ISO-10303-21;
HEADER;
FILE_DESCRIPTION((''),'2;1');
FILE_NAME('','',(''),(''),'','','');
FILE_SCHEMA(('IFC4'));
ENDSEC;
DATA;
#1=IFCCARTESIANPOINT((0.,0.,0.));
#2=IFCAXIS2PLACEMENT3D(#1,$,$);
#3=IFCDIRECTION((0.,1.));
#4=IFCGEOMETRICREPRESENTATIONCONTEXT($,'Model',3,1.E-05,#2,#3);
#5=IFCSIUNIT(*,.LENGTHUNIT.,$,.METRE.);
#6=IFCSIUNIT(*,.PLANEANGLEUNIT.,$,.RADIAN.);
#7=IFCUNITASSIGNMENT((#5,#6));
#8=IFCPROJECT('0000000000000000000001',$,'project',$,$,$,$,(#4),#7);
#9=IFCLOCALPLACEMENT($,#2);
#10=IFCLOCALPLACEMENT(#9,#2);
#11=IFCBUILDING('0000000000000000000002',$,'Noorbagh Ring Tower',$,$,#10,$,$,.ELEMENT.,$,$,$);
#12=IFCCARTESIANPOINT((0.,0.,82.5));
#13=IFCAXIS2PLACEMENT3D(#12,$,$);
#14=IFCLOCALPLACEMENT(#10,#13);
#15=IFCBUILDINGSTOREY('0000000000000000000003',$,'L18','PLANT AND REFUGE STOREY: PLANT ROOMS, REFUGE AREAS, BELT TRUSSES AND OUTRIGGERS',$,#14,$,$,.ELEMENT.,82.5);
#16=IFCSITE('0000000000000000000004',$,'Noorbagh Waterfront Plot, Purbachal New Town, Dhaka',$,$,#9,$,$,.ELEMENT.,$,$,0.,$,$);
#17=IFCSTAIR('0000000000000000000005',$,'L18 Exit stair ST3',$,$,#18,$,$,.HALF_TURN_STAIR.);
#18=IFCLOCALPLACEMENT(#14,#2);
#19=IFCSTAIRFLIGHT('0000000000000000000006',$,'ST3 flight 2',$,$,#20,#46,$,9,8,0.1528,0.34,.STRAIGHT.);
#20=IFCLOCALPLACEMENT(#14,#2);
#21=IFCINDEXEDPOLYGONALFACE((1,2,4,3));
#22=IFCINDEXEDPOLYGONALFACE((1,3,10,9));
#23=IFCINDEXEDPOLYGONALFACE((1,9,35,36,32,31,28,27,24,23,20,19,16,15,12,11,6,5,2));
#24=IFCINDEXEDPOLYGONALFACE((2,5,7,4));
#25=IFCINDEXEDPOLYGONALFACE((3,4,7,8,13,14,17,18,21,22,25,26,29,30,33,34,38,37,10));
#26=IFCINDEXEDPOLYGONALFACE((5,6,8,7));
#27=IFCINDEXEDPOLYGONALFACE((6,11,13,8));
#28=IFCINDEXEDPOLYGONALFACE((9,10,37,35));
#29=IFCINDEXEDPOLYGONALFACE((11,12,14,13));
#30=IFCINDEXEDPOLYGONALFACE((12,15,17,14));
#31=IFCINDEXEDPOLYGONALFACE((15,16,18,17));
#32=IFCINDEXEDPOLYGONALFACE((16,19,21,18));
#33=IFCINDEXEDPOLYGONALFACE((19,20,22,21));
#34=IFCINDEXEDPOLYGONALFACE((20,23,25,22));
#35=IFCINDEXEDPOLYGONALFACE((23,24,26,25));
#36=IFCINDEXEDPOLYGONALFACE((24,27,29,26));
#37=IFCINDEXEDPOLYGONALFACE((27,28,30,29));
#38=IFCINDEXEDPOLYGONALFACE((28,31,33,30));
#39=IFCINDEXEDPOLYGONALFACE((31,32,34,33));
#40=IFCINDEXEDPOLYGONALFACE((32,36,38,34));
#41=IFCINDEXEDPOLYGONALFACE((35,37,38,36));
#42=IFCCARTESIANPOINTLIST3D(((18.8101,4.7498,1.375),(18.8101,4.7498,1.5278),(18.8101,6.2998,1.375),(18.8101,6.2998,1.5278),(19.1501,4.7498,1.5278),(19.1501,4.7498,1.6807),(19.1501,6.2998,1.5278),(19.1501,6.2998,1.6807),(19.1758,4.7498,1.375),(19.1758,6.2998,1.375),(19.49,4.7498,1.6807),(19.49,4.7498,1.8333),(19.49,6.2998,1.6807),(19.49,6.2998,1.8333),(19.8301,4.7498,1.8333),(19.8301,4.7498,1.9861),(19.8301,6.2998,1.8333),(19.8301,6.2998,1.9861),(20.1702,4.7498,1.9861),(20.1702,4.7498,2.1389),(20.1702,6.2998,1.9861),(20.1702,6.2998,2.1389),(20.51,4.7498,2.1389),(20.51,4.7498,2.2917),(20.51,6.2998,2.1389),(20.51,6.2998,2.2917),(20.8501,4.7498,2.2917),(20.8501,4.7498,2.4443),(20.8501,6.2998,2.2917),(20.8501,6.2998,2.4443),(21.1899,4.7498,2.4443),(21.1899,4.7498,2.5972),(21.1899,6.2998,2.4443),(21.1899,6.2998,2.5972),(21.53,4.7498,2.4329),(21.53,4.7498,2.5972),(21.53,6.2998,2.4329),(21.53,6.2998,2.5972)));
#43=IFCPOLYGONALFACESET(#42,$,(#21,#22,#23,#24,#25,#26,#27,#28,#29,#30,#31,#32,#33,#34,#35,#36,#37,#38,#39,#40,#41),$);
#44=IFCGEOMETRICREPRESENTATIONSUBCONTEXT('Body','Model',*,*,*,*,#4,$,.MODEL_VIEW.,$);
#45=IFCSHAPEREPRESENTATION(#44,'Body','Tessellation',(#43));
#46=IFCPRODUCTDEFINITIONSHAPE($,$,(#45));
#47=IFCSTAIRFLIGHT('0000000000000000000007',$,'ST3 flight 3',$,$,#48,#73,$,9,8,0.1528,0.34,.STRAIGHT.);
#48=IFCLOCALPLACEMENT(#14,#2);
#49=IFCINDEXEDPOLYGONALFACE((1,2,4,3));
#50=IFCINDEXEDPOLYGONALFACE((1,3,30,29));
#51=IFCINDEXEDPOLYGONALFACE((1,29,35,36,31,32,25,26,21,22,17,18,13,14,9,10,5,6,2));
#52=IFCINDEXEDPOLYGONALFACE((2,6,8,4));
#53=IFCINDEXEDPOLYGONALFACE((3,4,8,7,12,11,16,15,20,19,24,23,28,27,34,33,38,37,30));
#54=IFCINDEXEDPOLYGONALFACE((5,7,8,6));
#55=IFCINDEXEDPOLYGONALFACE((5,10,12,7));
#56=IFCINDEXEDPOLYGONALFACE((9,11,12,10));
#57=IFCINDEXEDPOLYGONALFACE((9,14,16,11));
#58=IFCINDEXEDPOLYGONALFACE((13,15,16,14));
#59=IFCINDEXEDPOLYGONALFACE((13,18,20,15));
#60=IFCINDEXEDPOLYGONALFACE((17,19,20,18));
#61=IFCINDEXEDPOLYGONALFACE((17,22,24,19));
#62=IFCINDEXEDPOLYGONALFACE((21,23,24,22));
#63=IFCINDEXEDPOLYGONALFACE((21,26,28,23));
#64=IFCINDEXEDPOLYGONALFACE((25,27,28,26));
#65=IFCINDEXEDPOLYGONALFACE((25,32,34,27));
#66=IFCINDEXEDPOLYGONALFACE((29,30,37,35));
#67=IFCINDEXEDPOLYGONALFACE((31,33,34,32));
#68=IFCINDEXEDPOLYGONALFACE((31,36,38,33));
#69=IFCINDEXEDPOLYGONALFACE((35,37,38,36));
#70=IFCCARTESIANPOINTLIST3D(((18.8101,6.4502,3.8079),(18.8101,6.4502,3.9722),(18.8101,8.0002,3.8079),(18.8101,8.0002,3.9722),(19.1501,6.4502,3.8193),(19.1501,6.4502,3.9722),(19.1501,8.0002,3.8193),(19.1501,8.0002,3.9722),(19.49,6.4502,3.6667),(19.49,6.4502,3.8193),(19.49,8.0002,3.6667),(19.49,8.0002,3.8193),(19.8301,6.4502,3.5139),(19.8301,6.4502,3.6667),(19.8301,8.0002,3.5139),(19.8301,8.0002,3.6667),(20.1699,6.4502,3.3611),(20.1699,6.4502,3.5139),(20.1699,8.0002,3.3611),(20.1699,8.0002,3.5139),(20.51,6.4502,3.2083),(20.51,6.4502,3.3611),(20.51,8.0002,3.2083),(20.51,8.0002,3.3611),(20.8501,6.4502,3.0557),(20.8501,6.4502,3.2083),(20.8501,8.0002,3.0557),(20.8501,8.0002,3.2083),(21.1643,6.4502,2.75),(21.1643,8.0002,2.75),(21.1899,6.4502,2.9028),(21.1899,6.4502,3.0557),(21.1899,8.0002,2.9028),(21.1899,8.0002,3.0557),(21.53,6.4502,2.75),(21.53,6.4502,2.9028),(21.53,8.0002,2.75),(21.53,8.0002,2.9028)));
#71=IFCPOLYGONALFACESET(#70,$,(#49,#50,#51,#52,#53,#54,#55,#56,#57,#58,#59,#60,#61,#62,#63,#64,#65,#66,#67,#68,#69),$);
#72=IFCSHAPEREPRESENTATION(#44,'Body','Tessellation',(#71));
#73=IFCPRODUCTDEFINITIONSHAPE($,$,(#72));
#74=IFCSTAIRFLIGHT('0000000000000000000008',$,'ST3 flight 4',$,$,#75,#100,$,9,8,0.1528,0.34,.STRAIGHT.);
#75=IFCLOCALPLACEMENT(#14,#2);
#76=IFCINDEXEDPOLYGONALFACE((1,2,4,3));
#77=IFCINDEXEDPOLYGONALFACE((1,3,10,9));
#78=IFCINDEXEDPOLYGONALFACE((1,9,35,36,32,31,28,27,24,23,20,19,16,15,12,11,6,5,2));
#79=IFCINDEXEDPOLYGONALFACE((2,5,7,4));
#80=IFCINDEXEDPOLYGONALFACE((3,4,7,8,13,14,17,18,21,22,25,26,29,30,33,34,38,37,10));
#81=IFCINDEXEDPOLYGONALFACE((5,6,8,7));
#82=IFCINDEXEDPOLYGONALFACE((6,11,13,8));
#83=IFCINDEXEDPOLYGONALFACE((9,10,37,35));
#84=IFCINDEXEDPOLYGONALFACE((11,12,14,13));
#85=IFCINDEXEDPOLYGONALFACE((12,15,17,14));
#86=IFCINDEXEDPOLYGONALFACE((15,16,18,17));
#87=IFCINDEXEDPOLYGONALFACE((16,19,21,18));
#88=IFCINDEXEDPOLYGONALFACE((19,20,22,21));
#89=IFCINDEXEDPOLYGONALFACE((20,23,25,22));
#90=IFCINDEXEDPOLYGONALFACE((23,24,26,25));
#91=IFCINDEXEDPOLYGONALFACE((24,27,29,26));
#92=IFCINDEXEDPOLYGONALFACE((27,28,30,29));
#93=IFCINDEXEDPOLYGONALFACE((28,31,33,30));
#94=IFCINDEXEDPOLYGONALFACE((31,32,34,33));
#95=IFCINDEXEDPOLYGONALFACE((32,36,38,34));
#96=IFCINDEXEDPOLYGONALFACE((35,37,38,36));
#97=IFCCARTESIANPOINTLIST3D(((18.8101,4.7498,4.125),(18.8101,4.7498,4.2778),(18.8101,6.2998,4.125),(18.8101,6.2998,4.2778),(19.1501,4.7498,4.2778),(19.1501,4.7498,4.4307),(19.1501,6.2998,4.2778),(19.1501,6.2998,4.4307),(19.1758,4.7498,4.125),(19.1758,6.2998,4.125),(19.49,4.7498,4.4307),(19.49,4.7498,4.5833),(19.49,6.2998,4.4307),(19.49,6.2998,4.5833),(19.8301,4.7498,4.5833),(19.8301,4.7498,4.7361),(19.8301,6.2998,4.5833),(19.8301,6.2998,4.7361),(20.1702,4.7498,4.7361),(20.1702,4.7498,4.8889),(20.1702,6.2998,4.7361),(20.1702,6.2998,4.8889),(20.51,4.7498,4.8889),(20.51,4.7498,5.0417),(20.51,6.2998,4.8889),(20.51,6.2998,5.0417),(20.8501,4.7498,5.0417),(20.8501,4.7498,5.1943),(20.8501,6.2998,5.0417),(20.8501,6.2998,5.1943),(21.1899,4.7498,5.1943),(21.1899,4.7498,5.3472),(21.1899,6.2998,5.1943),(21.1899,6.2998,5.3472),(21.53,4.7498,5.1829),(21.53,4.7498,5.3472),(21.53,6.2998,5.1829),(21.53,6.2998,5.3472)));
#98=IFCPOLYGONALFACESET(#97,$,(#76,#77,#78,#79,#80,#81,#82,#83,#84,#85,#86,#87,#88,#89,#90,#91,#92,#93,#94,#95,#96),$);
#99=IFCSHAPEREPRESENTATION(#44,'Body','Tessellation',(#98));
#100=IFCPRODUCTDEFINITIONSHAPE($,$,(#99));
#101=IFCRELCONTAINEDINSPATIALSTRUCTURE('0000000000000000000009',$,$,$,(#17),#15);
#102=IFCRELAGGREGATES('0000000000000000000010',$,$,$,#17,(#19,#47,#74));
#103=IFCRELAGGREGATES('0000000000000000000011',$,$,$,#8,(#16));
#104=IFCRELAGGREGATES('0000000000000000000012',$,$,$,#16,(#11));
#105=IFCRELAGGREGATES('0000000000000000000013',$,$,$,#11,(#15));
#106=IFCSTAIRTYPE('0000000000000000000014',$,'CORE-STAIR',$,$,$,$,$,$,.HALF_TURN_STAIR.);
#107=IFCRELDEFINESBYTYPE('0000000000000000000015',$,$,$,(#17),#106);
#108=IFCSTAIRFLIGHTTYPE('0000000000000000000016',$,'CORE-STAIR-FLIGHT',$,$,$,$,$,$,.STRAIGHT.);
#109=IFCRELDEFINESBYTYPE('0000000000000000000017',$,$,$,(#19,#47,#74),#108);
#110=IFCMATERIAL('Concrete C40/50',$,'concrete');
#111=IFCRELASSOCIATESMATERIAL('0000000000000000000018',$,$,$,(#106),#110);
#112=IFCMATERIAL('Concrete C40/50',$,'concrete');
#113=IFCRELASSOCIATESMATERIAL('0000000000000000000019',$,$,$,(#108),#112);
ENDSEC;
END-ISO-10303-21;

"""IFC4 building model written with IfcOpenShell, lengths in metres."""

from ifc_helpers import new_model, si_unit, direction, frame, origin, place, context, subcontext, project, spatial, polyline, outline, extrude, material, type_object, element, aggregate, save


model = new_model("IFC4")

# Units and contexts
model_context = context("Model", 3, precision=1e-05, world=origin(), true_north=direction((0.0, 1.0)))
body_context = subcontext(model_context, "Body", "Model", "MODEL_VIEW")
ifc_project = project(units=[si_unit("LENGTHUNIT", "METRE"), si_unit("PLANEANGLEUNIT", "RADIAN")], contexts=[model_context])

# Site, building, storey
site_placement = place(None, origin())
site = spatial("IfcSite", under=ifc_project, at=site_placement, Name="Noorbagh Waterfront Plot, Purbachal New Town, Dhaka", CompositionType="ELEMENT", RefElevation=0.0)
building_placement = place(site_placement, origin())
building = spatial("IfcBuilding", under=site, at=building_placement, Name="Noorbagh Ring Tower", CompositionType="ELEMENT")
storey_placement = place(building_placement, frame((0.0, 0.0, 82.5)))
storey = spatial("IfcBuildingStorey", under=building, at=storey_placement, Name="L18", Description="PLANT AND REFUGE STOREY: PLANT ROOMS, REFUGE AREAS, BELT TRUSSES AND OUTRIGGERS", CompositionType="ELEMENT", Elevation=82.5)

# Stair, stair flights
ifc_material_1 = material(Name="Concrete C40/50", Category="concrete")
stair_type = type_object("IfcStairType", Name="CORE-STAIR", PredefinedType="HALF_TURN_STAIR", material=ifc_material_1)
stair_placement = place(storey_placement, origin())
stair = element("IfcStair", 1, at=stair_placement, inside=storey, type_object=stair_type, Name="L18 Exit stair ST3", PredefinedType="HALF_TURN_STAIR")
ifc_material_2 = material(Name="Concrete C40/50", Category="concrete")
stair_flight_type = type_object("IfcStairFlightType", Name="CORE-STAIR-FLIGHT", PredefinedType="STRAIGHT", material=ifc_material_2)
stair_flight_1_placement = place(storey_placement, frame((18.8101, 5.5249, 1.375), z_axis=(0.0, 0.0, 1.0), x_axis=(1.0, 0.0, 0.0)))
stair_flight_1 = element("IfcStairFlight", 2, at=stair_flight_1_placement, type_object=stair_flight_type, Name="ST3 flight 2", NumberOfRisers=9, NumberOfTreads=8, PredefinedType="STRAIGHT", RiserHeight=0.1528, TreadLength=0.34, context=body_context, shape_type="SweptSolid", body=[
    extrude(outline(polyline([(0.0, 0.0), (0.0, 0.1528), (0.3401, 0.1528), (0.3401, 0.3057), (0.6799, 0.3057), (0.6799, 0.4583), (1.02, 0.4583), (1.02, 0.6111), (1.3601, 0.6111), (1.3601, 0.7639), (1.7, 0.7639), (1.7, 0.9167), (2.04, 0.9167), (2.04, 1.0693), (2.3799, 1.0693), (2.3799, 1.2222), (2.72, 1.2222), (2.72, 1.375), (2.72, 1.0579), (0.3657, 0.0), (0.0, 0.0)])), frame((0.0, 0.7749, 0.0), z_axis=(0.0, -1.0, 0.0), x_axis=(1.0, 0.0, 0.0)), (0.0, 0.0, 1.0), 1.55),
])
stair_flight_2_placement = place(storey_placement, frame((21.53, 7.2251, 2.75), z_axis=(0.0, 0.0, 1.0), x_axis=(-1.0, 0.0, 0.0)))
stair_flight_2 = element("IfcStairFlight", 3, at=stair_flight_2_placement, type_object=stair_flight_type, Name="ST3 flight 3", NumberOfRisers=9, NumberOfTreads=8, PredefinedType="STRAIGHT", RiserHeight=0.1528, TreadLength=0.34, context=body_context, shape_type="SweptSolid", body=[
    extrude(outline(polyline([(0.0, 0.0), (0.0, 0.1528), (0.3401, 0.1528), (0.3401, 0.3057), (0.6799, 0.3057), (0.6799, 0.4583), (1.02, 0.4583), (1.02, 0.6111), (1.3601, 0.6111), (1.3601, 0.7639), (1.7, 0.7639), (1.7, 0.9167), (2.04, 0.9167), (2.04, 1.0693), (2.3799, 1.0693), (2.3799, 1.2222), (2.72, 1.2222), (2.72, 1.375), (2.72, 1.0579), (0.3657, 0.0), (0.0, 0.0)])), frame((0.0, 0.7749, 0.0), z_axis=(0.0, -1.0, 0.0), x_axis=(1.0, 0.0, 0.0)), (0.0, 0.0, 1.0), 1.55),
])
stair_flight_3_placement = place(storey_placement, frame((18.8101, 5.5249, 4.125), z_axis=(0.0, 0.0, 1.0), x_axis=(1.0, 0.0, 0.0)))
stair_flight_3 = element("IfcStairFlight", 4, at=stair_flight_3_placement, type_object=stair_flight_type, Name="ST3 flight 4", NumberOfRisers=9, NumberOfTreads=8, PredefinedType="STRAIGHT", RiserHeight=0.1528, TreadLength=0.34, context=body_context, shape_type="SweptSolid", body=[
    extrude(outline(polyline([(0.0, 0.0), (0.0, 0.1528), (0.3401, 0.1528), (0.3401, 0.3057), (0.6799, 0.3057), (0.6799, 0.4583), (1.02, 0.4583), (1.02, 0.6111), (1.3601, 0.6111), (1.3601, 0.7639), (1.7, 0.7639), (1.7, 0.9167), (2.04, 0.9167), (2.04, 1.0693), (2.3799, 1.0693), (2.3799, 1.2222), (2.72, 1.2222), (2.72, 1.375), (2.72, 1.0579), (0.3657, 0.0), (0.0, 0.0)])), frame((0.0, 0.7749, 0.0), z_axis=(0.0, -1.0, 0.0), x_axis=(1.0, 0.0, 0.0)), (0.0, 0.0, 1.0), 1.55),
])
aggregate(stair, [stair_flight_1, stair_flight_2, stair_flight_3])

save(model, "model.ifc")
